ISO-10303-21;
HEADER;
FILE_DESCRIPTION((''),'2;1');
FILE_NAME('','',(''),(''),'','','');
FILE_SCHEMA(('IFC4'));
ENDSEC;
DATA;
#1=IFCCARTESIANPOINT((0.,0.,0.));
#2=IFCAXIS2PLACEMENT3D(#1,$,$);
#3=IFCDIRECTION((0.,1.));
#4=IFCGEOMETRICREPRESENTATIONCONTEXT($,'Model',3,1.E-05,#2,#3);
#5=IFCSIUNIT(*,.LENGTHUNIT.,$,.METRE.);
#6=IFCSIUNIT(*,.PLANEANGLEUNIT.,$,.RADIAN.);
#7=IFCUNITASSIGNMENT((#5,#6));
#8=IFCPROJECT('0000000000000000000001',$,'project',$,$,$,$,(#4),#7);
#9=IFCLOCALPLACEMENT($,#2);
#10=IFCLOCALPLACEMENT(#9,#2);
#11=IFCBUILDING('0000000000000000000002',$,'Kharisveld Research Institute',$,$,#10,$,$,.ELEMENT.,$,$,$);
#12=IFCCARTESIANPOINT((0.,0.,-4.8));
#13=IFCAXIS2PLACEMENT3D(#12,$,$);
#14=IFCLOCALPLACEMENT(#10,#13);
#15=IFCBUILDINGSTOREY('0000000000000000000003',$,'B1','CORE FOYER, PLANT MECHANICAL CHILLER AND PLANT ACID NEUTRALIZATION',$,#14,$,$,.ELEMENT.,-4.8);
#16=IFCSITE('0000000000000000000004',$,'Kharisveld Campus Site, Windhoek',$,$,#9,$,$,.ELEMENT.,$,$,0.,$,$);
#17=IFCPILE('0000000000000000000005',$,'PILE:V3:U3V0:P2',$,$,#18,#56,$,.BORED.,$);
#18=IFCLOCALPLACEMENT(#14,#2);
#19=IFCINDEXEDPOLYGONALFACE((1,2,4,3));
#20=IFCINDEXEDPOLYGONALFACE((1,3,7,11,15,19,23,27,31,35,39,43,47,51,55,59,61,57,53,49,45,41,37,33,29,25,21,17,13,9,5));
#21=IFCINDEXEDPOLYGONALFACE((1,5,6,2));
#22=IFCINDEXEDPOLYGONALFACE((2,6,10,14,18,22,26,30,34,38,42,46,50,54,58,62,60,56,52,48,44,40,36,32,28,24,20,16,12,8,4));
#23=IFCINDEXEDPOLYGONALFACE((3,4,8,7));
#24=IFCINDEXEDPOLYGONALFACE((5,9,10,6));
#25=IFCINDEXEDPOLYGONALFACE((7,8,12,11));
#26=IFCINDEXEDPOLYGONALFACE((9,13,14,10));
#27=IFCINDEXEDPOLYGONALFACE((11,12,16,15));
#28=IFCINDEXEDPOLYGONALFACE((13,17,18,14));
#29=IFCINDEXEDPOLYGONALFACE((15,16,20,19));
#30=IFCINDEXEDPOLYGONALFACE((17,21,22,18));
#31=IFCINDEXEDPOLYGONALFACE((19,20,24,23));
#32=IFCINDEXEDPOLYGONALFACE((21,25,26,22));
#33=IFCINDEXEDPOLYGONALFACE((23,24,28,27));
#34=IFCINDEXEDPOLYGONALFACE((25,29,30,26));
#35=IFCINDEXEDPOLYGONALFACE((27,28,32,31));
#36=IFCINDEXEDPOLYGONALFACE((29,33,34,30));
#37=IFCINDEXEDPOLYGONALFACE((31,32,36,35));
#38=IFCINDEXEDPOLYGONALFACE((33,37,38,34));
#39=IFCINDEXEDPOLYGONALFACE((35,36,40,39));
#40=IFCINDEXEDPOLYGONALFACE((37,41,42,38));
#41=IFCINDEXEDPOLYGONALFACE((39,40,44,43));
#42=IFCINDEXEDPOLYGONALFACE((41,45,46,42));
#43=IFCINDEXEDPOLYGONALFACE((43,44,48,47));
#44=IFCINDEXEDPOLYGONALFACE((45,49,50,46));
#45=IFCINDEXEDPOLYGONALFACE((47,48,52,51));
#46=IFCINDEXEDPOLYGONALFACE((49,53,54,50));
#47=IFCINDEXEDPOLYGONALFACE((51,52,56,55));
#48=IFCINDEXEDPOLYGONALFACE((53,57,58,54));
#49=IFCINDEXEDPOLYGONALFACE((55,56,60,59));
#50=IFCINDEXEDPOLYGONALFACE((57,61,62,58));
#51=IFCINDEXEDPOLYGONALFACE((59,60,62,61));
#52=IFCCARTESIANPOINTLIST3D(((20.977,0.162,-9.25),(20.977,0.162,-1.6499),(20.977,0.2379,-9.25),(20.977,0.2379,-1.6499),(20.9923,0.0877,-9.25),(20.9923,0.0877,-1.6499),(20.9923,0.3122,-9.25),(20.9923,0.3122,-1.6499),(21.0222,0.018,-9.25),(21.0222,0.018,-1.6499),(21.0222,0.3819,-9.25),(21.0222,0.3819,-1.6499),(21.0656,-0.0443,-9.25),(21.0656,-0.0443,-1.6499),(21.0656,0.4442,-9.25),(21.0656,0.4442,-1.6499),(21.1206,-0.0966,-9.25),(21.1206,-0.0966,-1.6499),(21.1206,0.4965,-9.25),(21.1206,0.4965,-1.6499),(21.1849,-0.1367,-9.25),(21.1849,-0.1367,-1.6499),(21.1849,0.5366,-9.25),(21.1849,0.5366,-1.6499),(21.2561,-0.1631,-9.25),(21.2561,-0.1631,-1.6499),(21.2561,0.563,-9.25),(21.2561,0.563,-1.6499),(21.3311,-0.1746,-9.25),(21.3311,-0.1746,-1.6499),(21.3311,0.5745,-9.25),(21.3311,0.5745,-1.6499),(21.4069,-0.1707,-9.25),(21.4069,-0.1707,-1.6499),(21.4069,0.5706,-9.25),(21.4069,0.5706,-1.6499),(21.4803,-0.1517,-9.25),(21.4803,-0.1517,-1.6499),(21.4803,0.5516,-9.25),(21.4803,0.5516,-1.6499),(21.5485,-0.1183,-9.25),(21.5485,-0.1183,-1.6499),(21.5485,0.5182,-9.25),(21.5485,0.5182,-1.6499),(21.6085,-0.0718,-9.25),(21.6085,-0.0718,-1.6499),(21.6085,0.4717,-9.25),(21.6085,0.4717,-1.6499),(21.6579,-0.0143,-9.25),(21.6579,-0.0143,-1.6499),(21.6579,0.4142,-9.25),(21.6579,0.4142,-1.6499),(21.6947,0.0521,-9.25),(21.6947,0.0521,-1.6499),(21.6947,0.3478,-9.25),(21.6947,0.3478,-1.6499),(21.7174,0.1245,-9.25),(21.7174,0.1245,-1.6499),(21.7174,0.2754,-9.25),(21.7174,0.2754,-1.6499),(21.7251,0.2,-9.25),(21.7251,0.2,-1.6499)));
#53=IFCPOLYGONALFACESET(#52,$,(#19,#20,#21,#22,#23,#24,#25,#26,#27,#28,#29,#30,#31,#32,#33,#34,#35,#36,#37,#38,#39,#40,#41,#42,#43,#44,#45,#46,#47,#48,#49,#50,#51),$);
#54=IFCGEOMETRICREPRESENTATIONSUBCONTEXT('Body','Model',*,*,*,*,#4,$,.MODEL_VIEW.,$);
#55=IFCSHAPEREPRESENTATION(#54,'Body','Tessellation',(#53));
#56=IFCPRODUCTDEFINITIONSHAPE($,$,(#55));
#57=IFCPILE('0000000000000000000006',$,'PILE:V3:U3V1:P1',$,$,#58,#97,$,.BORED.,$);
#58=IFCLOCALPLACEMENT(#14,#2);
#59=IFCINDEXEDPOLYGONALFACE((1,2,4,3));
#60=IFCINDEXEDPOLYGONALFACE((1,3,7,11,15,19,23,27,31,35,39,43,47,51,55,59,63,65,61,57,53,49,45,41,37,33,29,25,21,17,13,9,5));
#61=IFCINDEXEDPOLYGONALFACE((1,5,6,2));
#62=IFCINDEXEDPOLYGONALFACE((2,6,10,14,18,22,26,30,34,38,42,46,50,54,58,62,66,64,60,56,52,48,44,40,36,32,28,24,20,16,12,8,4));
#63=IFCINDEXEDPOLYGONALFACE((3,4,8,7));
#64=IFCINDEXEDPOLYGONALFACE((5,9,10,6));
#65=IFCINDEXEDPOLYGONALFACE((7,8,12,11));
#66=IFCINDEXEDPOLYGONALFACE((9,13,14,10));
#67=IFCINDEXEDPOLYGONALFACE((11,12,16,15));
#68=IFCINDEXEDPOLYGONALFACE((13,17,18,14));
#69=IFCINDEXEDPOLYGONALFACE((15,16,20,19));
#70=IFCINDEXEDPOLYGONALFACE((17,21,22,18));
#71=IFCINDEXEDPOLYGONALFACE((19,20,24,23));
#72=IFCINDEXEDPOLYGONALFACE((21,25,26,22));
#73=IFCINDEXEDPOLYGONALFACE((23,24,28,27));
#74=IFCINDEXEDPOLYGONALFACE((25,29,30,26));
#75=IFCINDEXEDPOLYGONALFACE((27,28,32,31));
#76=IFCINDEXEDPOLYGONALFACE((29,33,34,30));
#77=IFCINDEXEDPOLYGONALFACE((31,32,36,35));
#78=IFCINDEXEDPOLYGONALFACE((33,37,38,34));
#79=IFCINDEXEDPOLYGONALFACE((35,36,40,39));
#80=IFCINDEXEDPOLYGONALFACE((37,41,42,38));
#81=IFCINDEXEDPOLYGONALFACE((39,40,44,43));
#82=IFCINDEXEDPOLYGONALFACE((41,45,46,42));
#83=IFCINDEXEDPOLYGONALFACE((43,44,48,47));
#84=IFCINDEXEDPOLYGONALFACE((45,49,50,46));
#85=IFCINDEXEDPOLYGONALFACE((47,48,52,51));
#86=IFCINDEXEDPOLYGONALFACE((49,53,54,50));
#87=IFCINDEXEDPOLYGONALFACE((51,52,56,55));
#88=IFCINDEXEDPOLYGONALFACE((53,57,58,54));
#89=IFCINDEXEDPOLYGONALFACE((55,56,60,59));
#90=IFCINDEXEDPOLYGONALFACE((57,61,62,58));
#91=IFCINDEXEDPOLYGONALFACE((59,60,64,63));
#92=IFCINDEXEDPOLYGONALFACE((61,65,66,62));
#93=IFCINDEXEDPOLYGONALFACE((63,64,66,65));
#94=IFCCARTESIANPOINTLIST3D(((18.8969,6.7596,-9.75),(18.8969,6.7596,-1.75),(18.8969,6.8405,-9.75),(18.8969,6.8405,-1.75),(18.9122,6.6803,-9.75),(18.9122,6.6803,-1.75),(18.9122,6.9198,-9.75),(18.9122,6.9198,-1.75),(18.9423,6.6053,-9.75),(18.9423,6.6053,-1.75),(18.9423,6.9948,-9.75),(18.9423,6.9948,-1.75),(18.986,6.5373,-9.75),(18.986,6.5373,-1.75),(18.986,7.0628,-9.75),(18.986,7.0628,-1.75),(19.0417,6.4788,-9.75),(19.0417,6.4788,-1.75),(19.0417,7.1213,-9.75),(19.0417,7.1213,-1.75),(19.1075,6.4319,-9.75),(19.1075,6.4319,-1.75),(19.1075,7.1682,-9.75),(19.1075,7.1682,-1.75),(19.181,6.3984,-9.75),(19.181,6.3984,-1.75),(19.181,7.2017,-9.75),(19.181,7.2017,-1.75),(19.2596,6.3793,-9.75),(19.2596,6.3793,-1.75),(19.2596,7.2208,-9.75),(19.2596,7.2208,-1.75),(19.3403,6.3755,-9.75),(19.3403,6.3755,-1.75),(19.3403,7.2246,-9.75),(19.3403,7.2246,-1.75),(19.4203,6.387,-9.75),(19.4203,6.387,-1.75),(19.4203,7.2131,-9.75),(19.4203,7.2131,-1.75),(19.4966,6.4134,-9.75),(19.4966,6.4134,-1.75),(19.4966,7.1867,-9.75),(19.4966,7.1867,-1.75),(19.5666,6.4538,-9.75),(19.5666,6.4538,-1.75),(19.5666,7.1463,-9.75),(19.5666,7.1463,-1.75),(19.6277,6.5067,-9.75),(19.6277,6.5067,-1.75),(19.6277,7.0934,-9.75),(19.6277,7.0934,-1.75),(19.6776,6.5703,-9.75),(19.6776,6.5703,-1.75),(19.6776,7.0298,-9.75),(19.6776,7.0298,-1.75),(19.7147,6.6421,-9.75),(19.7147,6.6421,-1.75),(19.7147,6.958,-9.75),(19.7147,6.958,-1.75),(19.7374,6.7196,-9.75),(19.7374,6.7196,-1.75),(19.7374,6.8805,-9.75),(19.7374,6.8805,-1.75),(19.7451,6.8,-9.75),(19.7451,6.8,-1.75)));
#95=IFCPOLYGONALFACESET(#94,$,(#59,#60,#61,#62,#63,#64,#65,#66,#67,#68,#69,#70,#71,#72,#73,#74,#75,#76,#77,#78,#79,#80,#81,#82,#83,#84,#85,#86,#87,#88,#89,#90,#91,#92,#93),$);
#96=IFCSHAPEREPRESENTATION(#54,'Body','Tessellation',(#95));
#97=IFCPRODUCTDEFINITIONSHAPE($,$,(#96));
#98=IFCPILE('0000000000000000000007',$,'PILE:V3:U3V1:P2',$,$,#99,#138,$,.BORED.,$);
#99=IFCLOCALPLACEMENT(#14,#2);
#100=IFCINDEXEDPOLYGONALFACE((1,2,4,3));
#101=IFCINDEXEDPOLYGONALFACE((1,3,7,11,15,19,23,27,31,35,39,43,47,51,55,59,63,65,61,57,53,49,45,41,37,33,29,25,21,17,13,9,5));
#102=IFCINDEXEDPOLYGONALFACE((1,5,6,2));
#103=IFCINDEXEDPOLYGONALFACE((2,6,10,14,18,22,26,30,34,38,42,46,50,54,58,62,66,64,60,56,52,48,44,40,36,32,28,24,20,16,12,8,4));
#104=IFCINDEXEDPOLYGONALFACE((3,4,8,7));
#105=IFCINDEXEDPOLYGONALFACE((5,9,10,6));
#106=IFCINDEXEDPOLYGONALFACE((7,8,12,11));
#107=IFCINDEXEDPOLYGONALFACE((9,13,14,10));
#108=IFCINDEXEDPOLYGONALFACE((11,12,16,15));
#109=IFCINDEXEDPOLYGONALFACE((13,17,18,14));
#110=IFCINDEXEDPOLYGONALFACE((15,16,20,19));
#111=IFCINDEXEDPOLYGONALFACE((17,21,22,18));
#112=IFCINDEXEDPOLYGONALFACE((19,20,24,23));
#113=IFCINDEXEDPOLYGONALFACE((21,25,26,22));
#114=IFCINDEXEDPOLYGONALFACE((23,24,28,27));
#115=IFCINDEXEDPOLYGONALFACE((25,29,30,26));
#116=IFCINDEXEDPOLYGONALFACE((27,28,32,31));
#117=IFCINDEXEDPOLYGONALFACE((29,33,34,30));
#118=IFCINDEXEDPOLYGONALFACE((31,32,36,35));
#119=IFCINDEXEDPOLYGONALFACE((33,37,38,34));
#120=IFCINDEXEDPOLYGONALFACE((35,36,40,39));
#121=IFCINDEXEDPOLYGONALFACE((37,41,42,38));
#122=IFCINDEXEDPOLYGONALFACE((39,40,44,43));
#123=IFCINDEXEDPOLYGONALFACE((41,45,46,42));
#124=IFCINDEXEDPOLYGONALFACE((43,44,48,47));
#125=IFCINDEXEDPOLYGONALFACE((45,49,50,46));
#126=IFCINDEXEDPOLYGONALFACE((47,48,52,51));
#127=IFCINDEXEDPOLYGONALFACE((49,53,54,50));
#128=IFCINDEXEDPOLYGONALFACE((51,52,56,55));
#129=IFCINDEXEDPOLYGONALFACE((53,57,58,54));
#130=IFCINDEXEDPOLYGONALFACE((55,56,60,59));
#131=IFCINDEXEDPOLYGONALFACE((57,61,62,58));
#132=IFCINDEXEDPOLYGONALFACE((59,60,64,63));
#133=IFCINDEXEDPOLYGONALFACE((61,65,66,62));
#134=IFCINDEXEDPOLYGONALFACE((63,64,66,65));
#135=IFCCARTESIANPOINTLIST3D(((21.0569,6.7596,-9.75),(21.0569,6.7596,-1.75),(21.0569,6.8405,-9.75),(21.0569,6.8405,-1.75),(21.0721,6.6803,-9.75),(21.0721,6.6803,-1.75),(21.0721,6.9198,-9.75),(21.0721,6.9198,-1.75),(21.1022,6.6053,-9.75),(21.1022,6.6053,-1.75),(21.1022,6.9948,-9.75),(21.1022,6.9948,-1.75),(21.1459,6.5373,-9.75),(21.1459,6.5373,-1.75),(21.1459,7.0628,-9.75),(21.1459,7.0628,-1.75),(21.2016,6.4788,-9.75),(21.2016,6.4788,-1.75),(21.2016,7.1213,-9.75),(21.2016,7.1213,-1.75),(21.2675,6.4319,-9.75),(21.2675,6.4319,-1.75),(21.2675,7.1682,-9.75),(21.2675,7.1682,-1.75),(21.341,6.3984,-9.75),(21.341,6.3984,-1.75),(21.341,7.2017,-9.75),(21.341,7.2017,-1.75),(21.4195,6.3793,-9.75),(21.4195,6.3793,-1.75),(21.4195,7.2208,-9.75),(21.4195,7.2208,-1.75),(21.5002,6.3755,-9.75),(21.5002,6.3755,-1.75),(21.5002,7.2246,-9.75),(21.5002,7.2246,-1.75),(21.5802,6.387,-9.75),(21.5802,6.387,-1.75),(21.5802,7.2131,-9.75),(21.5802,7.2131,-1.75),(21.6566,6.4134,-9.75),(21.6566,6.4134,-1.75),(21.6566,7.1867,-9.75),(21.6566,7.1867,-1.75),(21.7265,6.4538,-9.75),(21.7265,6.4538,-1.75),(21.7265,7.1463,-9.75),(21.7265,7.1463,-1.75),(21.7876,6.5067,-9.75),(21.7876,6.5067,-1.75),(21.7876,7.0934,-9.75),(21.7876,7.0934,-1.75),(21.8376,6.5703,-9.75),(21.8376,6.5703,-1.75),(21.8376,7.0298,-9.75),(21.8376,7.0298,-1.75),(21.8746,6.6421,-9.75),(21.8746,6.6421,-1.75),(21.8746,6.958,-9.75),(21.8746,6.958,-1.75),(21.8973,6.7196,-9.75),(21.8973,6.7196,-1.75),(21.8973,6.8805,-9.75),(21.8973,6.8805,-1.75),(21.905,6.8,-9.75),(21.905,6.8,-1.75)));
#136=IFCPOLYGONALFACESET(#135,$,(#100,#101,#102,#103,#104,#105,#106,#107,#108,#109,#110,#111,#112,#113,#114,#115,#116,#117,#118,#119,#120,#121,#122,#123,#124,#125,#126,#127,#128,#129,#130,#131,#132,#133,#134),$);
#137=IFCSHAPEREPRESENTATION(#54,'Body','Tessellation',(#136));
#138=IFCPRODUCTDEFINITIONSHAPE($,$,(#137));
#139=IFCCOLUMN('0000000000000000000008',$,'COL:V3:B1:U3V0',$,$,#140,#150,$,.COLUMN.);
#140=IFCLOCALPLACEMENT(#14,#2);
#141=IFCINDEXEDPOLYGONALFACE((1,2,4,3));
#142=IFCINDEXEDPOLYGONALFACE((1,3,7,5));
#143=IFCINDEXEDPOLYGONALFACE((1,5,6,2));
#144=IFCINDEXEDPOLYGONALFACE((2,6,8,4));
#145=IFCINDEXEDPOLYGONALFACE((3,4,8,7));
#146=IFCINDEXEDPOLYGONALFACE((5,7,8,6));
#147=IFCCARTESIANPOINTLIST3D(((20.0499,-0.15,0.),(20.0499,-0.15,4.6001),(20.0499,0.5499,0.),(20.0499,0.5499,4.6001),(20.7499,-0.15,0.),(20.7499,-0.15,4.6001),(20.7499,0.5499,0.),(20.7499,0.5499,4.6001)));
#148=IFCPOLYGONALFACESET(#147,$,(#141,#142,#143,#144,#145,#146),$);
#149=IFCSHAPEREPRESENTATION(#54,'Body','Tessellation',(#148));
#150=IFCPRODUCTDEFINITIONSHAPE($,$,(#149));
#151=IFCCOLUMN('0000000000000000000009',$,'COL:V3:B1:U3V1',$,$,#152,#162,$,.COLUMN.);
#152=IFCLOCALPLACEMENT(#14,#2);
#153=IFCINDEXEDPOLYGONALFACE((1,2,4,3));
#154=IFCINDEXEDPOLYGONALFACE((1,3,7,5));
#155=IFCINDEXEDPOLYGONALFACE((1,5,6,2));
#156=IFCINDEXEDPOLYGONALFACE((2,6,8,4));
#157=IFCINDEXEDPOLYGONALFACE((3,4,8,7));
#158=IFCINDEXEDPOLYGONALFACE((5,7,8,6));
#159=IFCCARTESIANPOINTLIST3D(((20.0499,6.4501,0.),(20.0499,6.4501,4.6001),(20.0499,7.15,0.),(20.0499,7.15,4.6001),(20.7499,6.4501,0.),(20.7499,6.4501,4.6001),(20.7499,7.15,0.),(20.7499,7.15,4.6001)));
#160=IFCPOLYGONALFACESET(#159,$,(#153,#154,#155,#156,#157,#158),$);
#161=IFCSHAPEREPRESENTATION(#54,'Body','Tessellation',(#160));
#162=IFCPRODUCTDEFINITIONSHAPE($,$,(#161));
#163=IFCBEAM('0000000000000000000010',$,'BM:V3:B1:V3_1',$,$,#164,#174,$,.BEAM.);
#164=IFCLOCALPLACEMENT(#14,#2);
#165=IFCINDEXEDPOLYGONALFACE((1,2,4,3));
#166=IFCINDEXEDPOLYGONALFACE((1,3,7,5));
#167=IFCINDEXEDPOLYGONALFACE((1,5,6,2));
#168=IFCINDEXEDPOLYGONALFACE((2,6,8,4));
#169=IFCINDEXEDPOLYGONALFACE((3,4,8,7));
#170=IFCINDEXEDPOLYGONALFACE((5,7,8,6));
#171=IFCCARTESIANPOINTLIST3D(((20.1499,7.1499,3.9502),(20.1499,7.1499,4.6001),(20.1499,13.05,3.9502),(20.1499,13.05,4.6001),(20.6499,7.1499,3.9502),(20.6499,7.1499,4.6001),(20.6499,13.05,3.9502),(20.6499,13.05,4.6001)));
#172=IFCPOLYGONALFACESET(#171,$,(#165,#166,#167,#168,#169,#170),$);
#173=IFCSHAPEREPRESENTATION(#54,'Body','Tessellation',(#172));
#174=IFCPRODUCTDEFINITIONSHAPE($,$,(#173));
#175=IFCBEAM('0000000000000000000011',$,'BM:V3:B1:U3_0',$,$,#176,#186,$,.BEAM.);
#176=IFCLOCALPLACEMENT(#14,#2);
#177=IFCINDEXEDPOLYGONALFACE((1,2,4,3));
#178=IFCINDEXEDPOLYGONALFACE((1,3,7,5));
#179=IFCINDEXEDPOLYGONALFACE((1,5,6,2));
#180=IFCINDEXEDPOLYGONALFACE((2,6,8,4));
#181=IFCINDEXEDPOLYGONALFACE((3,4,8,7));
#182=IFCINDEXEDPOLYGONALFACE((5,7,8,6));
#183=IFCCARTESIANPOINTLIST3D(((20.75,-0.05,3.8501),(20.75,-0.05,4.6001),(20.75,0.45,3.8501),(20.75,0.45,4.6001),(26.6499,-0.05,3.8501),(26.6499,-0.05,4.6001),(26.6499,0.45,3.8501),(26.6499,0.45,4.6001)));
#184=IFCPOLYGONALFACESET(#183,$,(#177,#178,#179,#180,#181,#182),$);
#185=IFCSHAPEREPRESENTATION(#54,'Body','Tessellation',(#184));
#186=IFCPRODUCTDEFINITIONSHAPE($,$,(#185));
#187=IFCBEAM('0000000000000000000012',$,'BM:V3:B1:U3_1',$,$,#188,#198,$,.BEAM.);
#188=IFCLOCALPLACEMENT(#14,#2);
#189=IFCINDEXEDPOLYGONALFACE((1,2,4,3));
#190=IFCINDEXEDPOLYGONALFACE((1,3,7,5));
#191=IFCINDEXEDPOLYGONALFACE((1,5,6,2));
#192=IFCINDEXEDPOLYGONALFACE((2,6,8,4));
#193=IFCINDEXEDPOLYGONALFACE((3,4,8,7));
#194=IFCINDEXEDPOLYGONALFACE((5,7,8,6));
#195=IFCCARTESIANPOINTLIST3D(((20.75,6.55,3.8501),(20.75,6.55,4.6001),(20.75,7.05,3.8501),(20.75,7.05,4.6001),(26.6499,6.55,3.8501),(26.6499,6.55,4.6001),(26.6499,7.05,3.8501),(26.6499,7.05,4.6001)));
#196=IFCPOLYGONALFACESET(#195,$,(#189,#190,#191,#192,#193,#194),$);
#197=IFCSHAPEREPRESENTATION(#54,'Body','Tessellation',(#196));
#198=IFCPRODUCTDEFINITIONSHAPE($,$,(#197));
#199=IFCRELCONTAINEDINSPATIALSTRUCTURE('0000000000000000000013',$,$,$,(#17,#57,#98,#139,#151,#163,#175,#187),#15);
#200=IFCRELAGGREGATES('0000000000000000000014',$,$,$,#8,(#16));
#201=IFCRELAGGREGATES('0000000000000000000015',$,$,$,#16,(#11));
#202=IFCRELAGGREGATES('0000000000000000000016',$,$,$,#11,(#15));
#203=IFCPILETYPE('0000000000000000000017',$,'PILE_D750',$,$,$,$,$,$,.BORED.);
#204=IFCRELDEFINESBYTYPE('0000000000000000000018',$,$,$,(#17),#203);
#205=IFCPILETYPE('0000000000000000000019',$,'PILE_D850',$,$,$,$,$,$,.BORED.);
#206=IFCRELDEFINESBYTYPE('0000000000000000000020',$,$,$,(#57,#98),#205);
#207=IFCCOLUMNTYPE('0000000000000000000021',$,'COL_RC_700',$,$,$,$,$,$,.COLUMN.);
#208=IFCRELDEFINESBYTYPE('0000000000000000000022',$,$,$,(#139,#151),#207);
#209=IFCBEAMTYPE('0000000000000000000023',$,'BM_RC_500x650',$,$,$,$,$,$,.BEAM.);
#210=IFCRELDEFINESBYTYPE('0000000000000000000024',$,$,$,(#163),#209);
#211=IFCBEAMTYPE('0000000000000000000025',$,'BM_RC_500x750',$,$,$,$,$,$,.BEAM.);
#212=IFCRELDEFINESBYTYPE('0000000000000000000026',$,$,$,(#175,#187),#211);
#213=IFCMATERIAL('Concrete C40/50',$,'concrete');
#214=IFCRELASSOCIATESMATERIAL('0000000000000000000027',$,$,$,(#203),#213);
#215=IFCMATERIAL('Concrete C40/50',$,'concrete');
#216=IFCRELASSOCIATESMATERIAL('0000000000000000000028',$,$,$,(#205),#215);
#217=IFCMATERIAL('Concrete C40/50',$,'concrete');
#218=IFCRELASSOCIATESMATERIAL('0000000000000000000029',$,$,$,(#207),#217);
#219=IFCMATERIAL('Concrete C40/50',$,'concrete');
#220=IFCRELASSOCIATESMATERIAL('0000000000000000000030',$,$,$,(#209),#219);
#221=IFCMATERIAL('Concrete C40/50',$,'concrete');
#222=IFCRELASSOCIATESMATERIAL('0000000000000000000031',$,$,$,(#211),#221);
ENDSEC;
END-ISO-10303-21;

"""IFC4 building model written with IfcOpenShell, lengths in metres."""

from ifc_helpers import new_model, si_unit, direction, frame, origin, origin_2d, place, context, subcontext, project, spatial, rectangle, circle, extrude, material, material_profile, profile_set, type_object, element, save


model = new_model("IFC4")

# Units and contexts
model_context = context("Model", 3, precision=1e-05, world=origin(), true_north=direction((0.0, 1.0)))
body_context = subcontext(model_context, "Body", "Model", "MODEL_VIEW")
ifc_project = project(units=[si_unit("LENGTHUNIT", "METRE"), si_unit("PLANEANGLEUNIT", "RADIAN")], contexts=[model_context])

# Site, building, storey
site_placement = place(None, origin())
site = spatial("IfcSite", under=ifc_project, at=site_placement, Name="Kharisveld Campus Site, Windhoek", CompositionType="ELEMENT", RefElevation=0.0)
building_placement = place(site_placement, origin())
building = spatial("IfcBuilding", under=site, at=building_placement, Name="Kharisveld Research Institute", CompositionType="ELEMENT")
storey_placement = place(building_placement, frame((0.0, 0.0, -4.8)))
storey = spatial("IfcBuildingStorey", under=building, at=storey_placement, Name="B1", Description="CORE FOYER, PLANT MECHANICAL CHILLER AND PLANT ACID NEUTRALIZATION", CompositionType="ELEMENT", Elevation=-4.8)

# Piles
ifc_material_1 = material(Name="Concrete C40/50", Category="concrete")
ifc_material_profile_1 = material_profile(ifc_material_1, circle(Radius=0.375, at=origin_2d()))
ifc_profile_set_1 = profile_set([ifc_material_profile_1], Name="Concrete C40/50")
pile_type_1 = type_object("IfcPileType", Name="PILE_D750", PredefinedType="BORED", material=ifc_profile_set_1)
for number, where, z_axis, x_axis, name in (
    (1, (21.3501, 0.2, -1.6499), (0.0, 0.0, -1.0), (1.0, 0.0, 0.0), "PILE:V3:U3V0:P2"),
):
    element("IfcPile", number, at=place(storey_placement, frame(where, z_axis=z_axis, x_axis=x_axis)), inside=storey, type_object=pile_type_1, Name=name, PredefinedType="BORED", context=body_context, shape_type="SweptSolid", body=[
        extrude(circle(Radius=0.375, at=origin_2d()), origin(), (0.0, 0.0, 1.0), 7.6001),
    ])
ifc_material_2 = material(Name="Concrete C40/50", Category="concrete")
ifc_material_profile_2 = material_profile(ifc_material_2, circle(Radius=0.425, at=origin_2d()))
ifc_profile_set_2 = profile_set([ifc_material_profile_2], Name="Concrete C40/50")
pile_type_2 = type_object("IfcPileType", Name="PILE_D850", PredefinedType="BORED", material=ifc_profile_set_2)
for number, where, z_axis, x_axis, name in (
    (2, (19.3201, 6.8, -1.75), (0.0, 0.0, -1.0), (1.0, 0.0, 0.0), "PILE:V3:U3V1:P1"),
    (3, (21.48, 6.8, -1.75), (0.0, 0.0, -1.0), (1.0, 0.0, 0.0), "PILE:V3:U3V1:P2"),
):
    element("IfcPile", number, at=place(storey_placement, frame(where, z_axis=z_axis, x_axis=x_axis)), inside=storey, type_object=pile_type_2, Name=name, PredefinedType="BORED", context=body_context, shape_type="SweptSolid", body=[
        extrude(circle(Radius=0.425, at=origin_2d()), origin(), (0.0, 0.0, 1.0), 8.0),
    ])

# Columns
ifc_material_3 = material(Name="Concrete C40/50", Category="concrete")
ifc_material_profile_3 = material_profile(ifc_material_3, rectangle(XDim=0.7, YDim=0.7, at=origin_2d()))
ifc_profile_set_3 = profile_set([ifc_material_profile_3], Name="Concrete C40/50")
column_type = type_object("IfcColumnType", Name="COL_RC_700", PredefinedType="COLUMN", material=ifc_profile_set_3)
for number, where, z_axis, x_axis, name in (
    (4, (20.3999, 0.2, 0.0), (0.0, 0.0, 1.0), (1.0, 0.0, 0.0), "COL:V3:B1:U3V0"),
    (5, (20.3999, 6.8, 0.0), (0.0, 0.0, 1.0), (1.0, 0.0, 0.0), "COL:V3:B1:U3V1"),
):
    element("IfcColumn", number, at=place(storey_placement, frame(where, z_axis=z_axis, x_axis=x_axis)), inside=storey, type_object=column_type, Name=name, PredefinedType="COLUMN", context=body_context, shape_type="SweptSolid", body=[
        extrude(rectangle(XDim=0.7, YDim=0.7, at=origin_2d()), origin(), (0.0, 0.0, 1.0), 4.6001),
    ])

# Beams
ifc_material_4 = material(Name="Concrete C40/50", Category="concrete")
ifc_material_profile_4 = material_profile(ifc_material_4, rectangle(XDim=0.5, YDim=0.6499, at=origin_2d()))
ifc_profile_set_4 = profile_set([ifc_material_profile_4], Name="Concrete C40/50")
beam_type_1 = type_object("IfcBeamType", Name="BM_RC_500x650", PredefinedType="BEAM", material=ifc_profile_set_4)
beam_placement = place(storey_placement, frame((20.3999, 7.1499, 4.2751), z_axis=(0.0, 1.0, 0.0), x_axis=(-1.0, 0.0, 0.0)))
element("IfcBeam", 6, at=beam_placement, inside=storey, type_object=beam_type_1, Name="BM:V3:B1:V3_1", PredefinedType="BEAM", context=body_context, shape_type="SweptSolid", body=[
    extrude(rectangle(XDim=0.5, YDim=0.6499, at=origin_2d()), origin(), (0.0, 0.0, 1.0), 5.9001),
])
ifc_material_5 = material(Name="Concrete C40/50", Category="concrete")
ifc_material_profile_5 = material_profile(ifc_material_5, rectangle(XDim=0.5, YDim=0.75, at=origin_2d()))
ifc_profile_set_5 = profile_set([ifc_material_profile_5], Name="Concrete C40/50")
beam_type_2 = type_object("IfcBeamType", Name="BM_RC_500x750", PredefinedType="BEAM", material=ifc_profile_set_5)
for number, where, z_axis, x_axis, name in (
    (7, (20.75, 0.2, 4.2251), (1.0, 0.0, 0.0), (0.0, 1.0, 0.0), "BM:V3:B1:U3_0"),
    (8, (20.75, 6.8, 4.2251), (1.0, 0.0, 0.0), (0.0, 1.0, 0.0), "BM:V3:B1:U3_1"),
):
    element("IfcBeam", number, at=place(storey_placement, frame(where, z_axis=z_axis, x_axis=x_axis)), inside=storey, type_object=beam_type_2, Name=name, PredefinedType="BEAM", context=body_context, shape_type="SweptSolid", body=[
        extrude(rectangle(XDim=0.5, YDim=0.75, at=origin_2d()), origin(), (0.0, 0.0, 1.0), 5.8999),
    ])

save(model, "model.ifc")
